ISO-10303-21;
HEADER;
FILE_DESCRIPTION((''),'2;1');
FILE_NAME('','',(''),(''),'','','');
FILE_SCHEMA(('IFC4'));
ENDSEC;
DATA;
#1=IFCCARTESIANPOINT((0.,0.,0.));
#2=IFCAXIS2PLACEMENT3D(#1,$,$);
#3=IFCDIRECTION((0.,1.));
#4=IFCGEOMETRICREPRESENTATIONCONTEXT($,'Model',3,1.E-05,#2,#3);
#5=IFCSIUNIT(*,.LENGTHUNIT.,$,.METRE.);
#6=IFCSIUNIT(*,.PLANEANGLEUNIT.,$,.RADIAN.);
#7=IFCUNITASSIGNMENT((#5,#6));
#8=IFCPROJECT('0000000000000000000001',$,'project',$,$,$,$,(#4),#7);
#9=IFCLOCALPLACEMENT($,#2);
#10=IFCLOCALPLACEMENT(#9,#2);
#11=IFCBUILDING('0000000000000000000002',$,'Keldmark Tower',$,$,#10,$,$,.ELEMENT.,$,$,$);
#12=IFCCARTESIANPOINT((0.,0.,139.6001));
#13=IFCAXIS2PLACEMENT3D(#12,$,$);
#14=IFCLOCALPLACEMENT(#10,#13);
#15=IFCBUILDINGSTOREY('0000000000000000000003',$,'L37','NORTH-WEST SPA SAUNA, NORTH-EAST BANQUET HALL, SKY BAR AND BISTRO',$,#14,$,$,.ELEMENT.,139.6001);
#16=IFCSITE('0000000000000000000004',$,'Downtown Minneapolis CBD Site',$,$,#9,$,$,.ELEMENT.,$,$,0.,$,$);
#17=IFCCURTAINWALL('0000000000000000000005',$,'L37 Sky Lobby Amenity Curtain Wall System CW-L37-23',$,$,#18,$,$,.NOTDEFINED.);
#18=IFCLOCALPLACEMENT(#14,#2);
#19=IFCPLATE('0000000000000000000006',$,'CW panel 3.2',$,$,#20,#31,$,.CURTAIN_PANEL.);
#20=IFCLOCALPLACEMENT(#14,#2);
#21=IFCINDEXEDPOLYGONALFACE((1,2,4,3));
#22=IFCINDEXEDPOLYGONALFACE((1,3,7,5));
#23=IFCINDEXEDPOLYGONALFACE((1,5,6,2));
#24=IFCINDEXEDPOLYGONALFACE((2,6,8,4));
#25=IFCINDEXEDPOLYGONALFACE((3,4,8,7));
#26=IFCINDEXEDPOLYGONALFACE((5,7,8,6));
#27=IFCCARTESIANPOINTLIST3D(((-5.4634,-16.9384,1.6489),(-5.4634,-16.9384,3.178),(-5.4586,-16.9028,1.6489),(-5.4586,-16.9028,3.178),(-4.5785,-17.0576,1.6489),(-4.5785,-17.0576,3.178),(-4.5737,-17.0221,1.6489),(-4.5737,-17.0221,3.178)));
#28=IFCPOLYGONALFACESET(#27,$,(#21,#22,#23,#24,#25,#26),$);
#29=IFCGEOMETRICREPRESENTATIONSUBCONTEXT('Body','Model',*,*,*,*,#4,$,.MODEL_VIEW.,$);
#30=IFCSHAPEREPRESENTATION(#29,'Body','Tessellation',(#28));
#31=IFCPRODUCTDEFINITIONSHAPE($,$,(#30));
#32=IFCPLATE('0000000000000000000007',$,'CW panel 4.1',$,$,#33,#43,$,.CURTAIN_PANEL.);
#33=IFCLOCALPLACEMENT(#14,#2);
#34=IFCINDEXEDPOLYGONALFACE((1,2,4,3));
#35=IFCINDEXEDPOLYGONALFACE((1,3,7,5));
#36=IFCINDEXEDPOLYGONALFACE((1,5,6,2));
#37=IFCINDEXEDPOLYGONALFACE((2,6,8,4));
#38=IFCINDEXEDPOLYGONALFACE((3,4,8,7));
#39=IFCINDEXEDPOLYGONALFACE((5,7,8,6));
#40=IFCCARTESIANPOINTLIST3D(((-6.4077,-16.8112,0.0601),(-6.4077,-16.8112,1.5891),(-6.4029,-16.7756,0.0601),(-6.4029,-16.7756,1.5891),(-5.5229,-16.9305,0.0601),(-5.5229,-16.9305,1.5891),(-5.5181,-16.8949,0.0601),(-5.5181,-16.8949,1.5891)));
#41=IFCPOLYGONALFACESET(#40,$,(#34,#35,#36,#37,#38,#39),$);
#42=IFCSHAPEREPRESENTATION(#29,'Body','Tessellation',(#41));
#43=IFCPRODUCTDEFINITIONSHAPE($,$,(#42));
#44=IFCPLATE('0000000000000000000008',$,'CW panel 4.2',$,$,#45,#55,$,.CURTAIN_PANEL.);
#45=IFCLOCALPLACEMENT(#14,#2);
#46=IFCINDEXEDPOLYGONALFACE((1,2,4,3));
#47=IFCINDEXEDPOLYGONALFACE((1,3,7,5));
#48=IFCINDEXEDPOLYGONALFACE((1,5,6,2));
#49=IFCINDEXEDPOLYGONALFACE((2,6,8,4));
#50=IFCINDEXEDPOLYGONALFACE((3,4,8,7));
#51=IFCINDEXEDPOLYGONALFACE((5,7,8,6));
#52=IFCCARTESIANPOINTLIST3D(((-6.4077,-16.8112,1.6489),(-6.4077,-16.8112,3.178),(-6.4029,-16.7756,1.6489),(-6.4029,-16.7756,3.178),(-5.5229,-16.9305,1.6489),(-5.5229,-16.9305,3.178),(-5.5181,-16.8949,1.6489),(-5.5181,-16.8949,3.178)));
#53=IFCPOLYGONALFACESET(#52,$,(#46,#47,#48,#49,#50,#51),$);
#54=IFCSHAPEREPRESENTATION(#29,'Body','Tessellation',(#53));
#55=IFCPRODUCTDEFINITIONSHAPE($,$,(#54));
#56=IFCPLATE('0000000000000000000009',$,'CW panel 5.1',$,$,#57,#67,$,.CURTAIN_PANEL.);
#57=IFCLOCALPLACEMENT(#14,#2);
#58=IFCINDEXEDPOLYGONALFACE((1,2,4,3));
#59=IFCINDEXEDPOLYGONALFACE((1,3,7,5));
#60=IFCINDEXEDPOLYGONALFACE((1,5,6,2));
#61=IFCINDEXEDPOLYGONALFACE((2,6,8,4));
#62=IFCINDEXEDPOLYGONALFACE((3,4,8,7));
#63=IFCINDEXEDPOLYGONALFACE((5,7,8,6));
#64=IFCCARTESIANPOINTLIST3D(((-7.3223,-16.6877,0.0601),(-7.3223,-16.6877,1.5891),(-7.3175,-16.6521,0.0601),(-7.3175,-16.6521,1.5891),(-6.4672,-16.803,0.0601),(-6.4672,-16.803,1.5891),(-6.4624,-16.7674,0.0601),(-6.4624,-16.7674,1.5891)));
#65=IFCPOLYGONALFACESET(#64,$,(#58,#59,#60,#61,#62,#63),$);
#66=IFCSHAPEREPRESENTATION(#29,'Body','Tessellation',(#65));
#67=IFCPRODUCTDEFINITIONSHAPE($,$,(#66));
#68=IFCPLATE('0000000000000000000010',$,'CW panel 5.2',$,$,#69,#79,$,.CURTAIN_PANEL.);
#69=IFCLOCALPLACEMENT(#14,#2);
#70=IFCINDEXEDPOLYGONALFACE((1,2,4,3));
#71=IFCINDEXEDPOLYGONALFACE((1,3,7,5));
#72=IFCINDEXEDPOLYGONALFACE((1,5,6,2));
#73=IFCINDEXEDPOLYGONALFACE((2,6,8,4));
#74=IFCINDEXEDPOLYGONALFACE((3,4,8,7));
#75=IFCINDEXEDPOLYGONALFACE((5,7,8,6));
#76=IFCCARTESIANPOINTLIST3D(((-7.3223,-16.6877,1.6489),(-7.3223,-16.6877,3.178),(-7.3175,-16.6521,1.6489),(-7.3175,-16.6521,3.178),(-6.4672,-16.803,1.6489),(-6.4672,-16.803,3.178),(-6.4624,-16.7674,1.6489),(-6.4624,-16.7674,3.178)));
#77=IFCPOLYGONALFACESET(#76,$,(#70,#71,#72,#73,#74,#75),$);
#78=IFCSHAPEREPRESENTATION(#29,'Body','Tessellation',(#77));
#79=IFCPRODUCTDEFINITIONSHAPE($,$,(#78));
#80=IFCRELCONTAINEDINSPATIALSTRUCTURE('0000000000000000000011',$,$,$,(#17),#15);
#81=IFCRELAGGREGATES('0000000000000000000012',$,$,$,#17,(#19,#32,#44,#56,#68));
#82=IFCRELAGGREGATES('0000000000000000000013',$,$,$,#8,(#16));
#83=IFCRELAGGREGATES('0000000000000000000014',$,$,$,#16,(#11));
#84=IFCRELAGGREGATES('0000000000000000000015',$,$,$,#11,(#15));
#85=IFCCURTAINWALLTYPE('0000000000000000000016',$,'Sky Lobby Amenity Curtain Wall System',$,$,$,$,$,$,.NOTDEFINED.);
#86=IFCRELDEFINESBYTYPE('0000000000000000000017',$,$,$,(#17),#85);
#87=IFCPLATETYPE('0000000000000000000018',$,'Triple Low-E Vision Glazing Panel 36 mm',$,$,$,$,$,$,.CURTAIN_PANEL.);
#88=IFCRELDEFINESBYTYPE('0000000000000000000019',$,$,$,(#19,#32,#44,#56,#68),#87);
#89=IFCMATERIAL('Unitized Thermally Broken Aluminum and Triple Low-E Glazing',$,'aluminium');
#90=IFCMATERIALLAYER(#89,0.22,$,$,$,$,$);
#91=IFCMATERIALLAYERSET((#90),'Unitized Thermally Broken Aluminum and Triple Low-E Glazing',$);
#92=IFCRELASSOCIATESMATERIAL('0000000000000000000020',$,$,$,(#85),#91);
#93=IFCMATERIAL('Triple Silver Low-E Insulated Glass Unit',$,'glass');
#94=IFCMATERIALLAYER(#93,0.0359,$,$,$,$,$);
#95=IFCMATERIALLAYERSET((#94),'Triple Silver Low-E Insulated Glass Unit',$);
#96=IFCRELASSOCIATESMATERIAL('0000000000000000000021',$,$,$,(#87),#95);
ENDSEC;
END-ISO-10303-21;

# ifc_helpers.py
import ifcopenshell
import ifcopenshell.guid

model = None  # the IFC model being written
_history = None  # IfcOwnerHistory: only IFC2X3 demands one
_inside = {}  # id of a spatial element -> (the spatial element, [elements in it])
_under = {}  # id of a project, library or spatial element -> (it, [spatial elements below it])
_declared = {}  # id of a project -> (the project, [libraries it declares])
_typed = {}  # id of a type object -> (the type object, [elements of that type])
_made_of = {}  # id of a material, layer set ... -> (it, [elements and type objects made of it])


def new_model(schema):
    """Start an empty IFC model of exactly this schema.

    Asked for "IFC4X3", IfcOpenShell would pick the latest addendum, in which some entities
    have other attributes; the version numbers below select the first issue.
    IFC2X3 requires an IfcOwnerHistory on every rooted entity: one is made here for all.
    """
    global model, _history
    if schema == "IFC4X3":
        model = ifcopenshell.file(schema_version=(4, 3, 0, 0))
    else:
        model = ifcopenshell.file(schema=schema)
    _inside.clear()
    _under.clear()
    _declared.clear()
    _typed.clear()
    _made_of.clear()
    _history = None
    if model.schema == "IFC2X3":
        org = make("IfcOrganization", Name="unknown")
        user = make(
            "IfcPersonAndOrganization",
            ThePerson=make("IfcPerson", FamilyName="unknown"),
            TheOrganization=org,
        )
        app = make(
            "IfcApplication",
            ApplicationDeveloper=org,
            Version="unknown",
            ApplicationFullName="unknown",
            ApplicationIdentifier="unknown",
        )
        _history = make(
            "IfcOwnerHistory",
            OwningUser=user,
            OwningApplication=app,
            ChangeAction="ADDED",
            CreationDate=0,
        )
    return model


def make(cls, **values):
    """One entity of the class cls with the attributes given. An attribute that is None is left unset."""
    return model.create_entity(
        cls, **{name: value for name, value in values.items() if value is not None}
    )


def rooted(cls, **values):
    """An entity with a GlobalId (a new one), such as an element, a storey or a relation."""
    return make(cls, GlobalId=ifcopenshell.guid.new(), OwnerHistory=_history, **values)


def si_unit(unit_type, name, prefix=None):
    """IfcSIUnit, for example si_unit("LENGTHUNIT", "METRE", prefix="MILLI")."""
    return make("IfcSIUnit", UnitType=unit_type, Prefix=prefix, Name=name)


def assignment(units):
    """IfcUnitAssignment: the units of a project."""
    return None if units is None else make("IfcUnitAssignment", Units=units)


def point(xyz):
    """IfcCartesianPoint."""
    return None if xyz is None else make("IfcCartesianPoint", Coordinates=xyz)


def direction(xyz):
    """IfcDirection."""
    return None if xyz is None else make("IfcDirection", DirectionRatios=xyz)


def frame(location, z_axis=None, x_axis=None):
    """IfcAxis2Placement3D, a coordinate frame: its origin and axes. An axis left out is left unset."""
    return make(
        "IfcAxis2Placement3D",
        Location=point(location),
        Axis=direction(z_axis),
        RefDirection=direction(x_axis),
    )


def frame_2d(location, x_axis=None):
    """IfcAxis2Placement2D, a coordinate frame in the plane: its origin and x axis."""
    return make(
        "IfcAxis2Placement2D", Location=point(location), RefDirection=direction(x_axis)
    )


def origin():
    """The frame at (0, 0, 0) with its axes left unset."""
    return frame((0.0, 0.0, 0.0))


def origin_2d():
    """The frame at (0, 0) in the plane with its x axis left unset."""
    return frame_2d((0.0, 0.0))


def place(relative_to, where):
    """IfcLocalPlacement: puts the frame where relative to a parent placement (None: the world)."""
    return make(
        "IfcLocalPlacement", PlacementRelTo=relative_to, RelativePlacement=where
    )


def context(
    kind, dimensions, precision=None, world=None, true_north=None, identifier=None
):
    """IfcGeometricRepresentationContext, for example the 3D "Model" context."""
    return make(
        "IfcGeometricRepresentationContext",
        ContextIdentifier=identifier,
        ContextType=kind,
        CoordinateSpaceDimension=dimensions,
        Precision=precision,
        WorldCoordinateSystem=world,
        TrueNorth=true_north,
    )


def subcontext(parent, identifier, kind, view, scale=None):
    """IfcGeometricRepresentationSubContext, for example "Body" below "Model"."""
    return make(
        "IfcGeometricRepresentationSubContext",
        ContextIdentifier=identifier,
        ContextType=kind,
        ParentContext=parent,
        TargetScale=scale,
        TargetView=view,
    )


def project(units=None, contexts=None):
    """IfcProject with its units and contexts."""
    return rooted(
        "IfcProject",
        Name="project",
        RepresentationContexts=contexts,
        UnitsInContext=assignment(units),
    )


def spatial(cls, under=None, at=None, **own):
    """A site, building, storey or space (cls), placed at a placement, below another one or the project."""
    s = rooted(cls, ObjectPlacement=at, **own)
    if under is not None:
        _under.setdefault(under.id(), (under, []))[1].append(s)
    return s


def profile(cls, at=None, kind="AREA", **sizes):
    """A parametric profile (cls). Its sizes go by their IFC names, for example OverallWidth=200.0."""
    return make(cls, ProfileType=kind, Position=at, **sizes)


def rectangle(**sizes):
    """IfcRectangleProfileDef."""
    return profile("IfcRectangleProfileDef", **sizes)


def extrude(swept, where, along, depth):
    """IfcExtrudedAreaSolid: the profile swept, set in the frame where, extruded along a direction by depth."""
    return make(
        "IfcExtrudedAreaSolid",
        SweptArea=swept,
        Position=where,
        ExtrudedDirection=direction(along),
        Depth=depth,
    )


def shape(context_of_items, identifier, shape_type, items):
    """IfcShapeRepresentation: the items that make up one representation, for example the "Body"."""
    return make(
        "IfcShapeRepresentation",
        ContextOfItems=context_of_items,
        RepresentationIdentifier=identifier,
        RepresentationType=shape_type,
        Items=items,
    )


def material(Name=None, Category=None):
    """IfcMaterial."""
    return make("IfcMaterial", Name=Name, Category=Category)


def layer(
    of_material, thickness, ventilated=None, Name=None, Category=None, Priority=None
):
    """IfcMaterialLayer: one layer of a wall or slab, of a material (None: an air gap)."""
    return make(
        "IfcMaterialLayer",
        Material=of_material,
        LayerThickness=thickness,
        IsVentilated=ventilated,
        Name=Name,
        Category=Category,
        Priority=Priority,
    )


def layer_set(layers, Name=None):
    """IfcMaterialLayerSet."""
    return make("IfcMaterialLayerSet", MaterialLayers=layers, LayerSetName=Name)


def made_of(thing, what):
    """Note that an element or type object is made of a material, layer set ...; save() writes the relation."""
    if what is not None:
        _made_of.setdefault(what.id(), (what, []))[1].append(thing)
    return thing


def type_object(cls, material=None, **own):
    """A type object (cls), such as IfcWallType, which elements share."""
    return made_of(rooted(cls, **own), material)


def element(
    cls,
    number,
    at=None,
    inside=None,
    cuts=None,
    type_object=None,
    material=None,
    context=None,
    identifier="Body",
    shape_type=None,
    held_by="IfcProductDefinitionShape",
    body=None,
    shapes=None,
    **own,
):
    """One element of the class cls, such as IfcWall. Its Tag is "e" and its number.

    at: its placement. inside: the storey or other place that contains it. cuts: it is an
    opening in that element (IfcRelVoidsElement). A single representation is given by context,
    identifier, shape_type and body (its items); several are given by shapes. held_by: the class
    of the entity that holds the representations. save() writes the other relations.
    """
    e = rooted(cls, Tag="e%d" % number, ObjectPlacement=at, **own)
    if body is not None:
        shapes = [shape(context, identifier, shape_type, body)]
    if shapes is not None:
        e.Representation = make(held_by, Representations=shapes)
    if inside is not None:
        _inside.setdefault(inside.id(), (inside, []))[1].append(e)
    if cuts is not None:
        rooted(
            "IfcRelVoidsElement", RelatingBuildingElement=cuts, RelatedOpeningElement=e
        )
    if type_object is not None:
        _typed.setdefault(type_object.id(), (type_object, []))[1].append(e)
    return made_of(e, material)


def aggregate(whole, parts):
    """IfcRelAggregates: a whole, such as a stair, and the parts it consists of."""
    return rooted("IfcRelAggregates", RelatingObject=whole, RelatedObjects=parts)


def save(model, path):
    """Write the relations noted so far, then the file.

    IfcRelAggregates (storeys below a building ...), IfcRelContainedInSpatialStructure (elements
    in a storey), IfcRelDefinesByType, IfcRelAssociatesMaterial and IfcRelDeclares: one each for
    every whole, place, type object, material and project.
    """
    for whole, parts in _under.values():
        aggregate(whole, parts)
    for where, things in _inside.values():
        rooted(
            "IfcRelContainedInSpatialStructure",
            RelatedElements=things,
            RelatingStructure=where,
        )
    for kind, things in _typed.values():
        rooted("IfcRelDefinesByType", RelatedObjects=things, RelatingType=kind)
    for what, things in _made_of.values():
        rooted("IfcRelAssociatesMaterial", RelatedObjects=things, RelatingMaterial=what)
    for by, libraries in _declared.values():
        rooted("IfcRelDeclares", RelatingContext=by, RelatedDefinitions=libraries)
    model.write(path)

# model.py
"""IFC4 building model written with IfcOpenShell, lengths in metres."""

from ifc_helpers import new_model, si_unit, direction, frame, origin, origin_2d, place, context, subcontext, project, spatial, rectangle, extrude, material, layer, layer_set, type_object, element, aggregate, save


model = new_model("IFC4")

# Units and contexts
model_context = context("Model", 3, precision=1e-05, world=origin(), true_north=direction((0.0, 1.0)))
body_context = subcontext(model_context, "Body", "Model", "MODEL_VIEW")
ifc_project = project(units=[si_unit("LENGTHUNIT", "METRE"), si_unit("PLANEANGLEUNIT", "RADIAN")], contexts=[model_context])

# Site, building, storey
site_placement = place(None, origin())
site = spatial("IfcSite", under=ifc_project, at=site_placement, Name="Downtown Minneapolis CBD Site", CompositionType="ELEMENT", RefElevation=0.0)
building_placement = place(site_placement, origin())
building = spatial("IfcBuilding", under=site, at=building_placement, Name="Keldmark Tower", CompositionType="ELEMENT")
storey_placement = place(building_placement, frame((0.0, 0.0, 139.6001)))
storey = spatial("IfcBuildingStorey", under=building, at=storey_placement, Name="L37", Description="NORTH-WEST SPA SAUNA, NORTH-EAST BANQUET HALL, SKY BAR AND BISTRO", CompositionType="ELEMENT", Elevation=139.6001)

# Curtain wall
ifc_material_1 = material(Name="Unitized Thermally Broken Aluminum and Triple Low-E Glazing", Category="aluminium")
ifc_layer_1 = layer(ifc_material_1, 0.22)
ifc_layer_set_1 = layer_set([ifc_layer_1], Name="Unitized Thermally Broken Aluminum and Triple Low-E Glazing")
curtain_wall_type = type_object("IfcCurtainWallType", Name="Sky Lobby Amenity Curtain Wall System", PredefinedType="NOTDEFINED", material=ifc_layer_set_1)
curtain_wall_placement = place(storey_placement, origin())
curtain_wall = element("IfcCurtainWall", 1, at=curtain_wall_placement, inside=storey, type_object=curtain_wall_type, Name="L37 Sky Lobby Amenity Curtain Wall System CW-L37-23", PredefinedType="NOTDEFINED")

# Plates
ifc_material_2 = material(Name="Triple Silver Low-E Insulated Glass Unit", Category="glass")
ifc_layer_2 = layer(ifc_material_2, 0.0359)
ifc_layer_set_2 = layer_set([ifc_layer_2], Name="Triple Silver Low-E Insulated Glass Unit")
plate_type = type_object("IfcPlateType", Name="Triple Low-E Vision Glazing Panel 36 mm", PredefinedType="CURTAIN_PANEL", material=ifc_layer_set_2)
plate_1_placement = place(storey_placement, frame((-5.0186, -16.9802, 1.6489), z_axis=(0.0, 0.0, 1.0), x_axis=(-0.991036, 0.133598, 0.0)))
plate_1 = element("IfcPlate", 2, at=plate_1_placement, type_object=plate_type, Name="CW panel 3.2", PredefinedType="CURTAIN_PANEL", context=body_context, shape_type="SweptSolid", body=[
    extrude(rectangle(XDim=0.8928, YDim=0.0359, at=origin_2d()), origin(), (0.0, 0.0, 1.0), 1.5291),
])
plate_2_placement = place(storey_placement, frame((-5.9629, -16.853, 0.0601), z_axis=(0.0, 0.0, 1.0), x_axis=(-0.991036, 0.133598, 0.0)))
plate_2 = element("IfcPlate", 3, at=plate_2_placement, type_object=plate_type, Name="CW panel 4.1", PredefinedType="CURTAIN_PANEL", context=body_context, shape_type="SweptSolid", body=[
    extrude(rectangle(XDim=0.8928, YDim=0.0359, at=origin_2d()), origin(), (0.0, 0.0, 1.0), 1.5291),
])
plate_3_placement = place(storey_placement, frame((-5.9629, -16.853, 1.6489), z_axis=(0.0, 0.0, 1.0), x_axis=(-0.991036, 0.133598, 0.0)))
plate_3 = element("IfcPlate", 4, at=plate_3_placement, type_object=plate_type, Name="CW panel 4.2", PredefinedType="CURTAIN_PANEL", context=body_context, shape_type="SweptSolid", body=[
    extrude(rectangle(XDim=0.8928, YDim=0.0359, at=origin_2d()), origin(), (0.0, 0.0, 1.0), 1.5291),
])
plate_4_placement = place(storey_placement, frame((-6.8923, -16.7275, 0.0601), z_axis=(0.0, 0.0, 1.0), x_axis=(-0.991036, 0.133598, 0.0)))
plate_4 = element("IfcPlate", 5, at=plate_4_placement, type_object=plate_type, Name="CW panel 5.1", PredefinedType="CURTAIN_PANEL", context=body_context, shape_type="SweptSolid", body=[
    extrude(rectangle(XDim=0.8628, YDim=0.0359, at=origin_2d()), origin(), (0.0, 0.0, 1.0), 1.5291),
])
plate_5_placement = place(storey_placement, frame((-6.8923, -16.7275, 1.6489), z_axis=(0.0, 0.0, 1.0), x_axis=(-0.991036, 0.133598, 0.0)))
plate_5 = element("IfcPlate", 6, at=plate_5_placement, type_object=plate_type, Name="CW panel 5.2", PredefinedType="CURTAIN_PANEL", context=body_context, shape_type="SweptSolid", body=[
    extrude(rectangle(XDim=0.8628, YDim=0.0359, at=origin_2d()), origin(), (0.0, 0.0, 1.0), 1.5291),
])
aggregate(curtain_wall, [plate_1, plate_2, plate_3, plate_4, plate_5])

save(model, "model.ifc")
